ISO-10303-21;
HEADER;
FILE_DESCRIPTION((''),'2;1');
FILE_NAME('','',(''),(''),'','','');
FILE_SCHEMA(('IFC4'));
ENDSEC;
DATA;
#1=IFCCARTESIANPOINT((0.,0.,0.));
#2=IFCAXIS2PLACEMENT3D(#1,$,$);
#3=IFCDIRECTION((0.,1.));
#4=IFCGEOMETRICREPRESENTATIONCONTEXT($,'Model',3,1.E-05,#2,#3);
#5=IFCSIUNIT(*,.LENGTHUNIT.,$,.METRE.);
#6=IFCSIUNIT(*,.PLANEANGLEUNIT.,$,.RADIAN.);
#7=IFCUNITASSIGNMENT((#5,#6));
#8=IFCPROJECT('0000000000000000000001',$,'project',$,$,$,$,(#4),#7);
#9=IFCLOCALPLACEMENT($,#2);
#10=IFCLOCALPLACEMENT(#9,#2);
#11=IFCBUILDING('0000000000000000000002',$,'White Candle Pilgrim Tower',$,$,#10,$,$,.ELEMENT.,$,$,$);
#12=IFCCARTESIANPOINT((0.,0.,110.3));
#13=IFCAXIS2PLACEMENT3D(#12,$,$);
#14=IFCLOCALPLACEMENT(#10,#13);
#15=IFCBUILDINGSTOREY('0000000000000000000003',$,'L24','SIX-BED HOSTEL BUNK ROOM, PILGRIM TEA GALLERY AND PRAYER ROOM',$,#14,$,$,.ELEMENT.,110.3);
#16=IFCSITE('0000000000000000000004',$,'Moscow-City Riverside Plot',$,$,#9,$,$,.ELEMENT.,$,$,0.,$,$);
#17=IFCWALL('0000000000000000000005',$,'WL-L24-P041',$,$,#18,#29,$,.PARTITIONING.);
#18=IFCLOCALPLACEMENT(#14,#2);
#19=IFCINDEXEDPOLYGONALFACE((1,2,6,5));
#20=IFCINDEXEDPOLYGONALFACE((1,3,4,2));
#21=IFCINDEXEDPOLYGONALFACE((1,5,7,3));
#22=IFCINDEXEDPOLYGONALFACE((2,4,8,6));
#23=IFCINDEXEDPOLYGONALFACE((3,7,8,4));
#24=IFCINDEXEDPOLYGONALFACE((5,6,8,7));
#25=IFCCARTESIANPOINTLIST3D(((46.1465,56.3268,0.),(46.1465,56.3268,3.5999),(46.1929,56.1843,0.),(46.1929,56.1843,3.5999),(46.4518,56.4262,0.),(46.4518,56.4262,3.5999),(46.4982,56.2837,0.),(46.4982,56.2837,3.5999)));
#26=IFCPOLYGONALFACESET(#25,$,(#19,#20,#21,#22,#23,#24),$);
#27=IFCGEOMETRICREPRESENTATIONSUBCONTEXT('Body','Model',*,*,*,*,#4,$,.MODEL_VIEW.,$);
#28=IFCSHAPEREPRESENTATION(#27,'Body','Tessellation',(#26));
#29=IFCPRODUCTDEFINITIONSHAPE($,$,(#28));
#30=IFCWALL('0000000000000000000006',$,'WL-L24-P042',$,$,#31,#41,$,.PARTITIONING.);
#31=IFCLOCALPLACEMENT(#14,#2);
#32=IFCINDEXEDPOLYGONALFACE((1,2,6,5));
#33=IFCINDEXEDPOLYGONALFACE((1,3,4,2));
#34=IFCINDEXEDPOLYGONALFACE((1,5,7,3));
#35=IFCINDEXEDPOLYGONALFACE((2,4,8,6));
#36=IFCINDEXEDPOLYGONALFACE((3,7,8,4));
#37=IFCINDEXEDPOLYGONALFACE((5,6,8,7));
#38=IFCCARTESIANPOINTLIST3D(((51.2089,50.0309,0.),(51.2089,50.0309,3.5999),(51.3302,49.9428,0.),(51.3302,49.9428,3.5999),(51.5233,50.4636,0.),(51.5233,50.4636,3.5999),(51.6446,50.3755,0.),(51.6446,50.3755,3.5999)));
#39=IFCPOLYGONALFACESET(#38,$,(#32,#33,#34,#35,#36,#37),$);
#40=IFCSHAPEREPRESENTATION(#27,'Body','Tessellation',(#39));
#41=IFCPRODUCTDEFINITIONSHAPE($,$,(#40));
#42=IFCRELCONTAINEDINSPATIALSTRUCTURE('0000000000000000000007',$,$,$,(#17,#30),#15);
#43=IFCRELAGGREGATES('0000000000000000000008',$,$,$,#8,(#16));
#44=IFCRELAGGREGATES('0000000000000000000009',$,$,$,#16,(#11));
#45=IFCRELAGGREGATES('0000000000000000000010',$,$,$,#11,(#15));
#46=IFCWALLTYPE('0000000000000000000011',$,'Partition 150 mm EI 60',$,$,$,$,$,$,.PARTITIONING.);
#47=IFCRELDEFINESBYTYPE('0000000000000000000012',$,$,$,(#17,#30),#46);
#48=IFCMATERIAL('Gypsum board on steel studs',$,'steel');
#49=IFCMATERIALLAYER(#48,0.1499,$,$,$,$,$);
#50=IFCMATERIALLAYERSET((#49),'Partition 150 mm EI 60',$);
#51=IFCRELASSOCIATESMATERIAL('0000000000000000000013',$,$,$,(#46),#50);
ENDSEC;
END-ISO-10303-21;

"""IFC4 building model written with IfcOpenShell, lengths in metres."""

from ifc_helpers import new_model, si_unit, direction, frame, frame_2d, origin, place, context, subcontext, project, spatial, rectangle, extrude, material, layer, layer_set, type_object, element, save


model = new_model("IFC4")

# Units and contexts
model_context = context("Model", 3, precision=1e-05, world=origin(), true_north=direction((0.0, 1.0)))
body_context = subcontext(model_context, "Body", "Model", "MODEL_VIEW")
ifc_project = project(units=[si_unit("LENGTHUNIT", "METRE"), si_unit("PLANEANGLEUNIT", "RADIAN")], contexts=[model_context])

# Site, building, storey
site_placement = place(None, origin())
site = spatial("IfcSite", under=ifc_project, at=site_placement, Name="Moscow-City Riverside Plot", CompositionType="ELEMENT", RefElevation=0.0)
building_placement = place(site_placement, origin())
building = spatial("IfcBuilding", under=site, at=building_placement, Name="White Candle Pilgrim Tower", CompositionType="ELEMENT")
storey_placement = place(building_placement, frame((0.0, 0.0, 110.3)))
storey = spatial("IfcBuildingStorey", under=building, at=storey_placement, Name="L24", Description="SIX-BED HOSTEL BUNK ROOM, PILGRIM TEA GALLERY AND PRAYER ROOM", CompositionType="ELEMENT", Elevation=110.3)

# Shared definitions
ifc_material_1 = material(Name="Gypsum board on steel studs", Category="steel")

# Walls
ifc_layer_1 = layer(ifc_material_1, 0.1499)
ifc_layer_set_1 = layer_set([ifc_layer_1], Name="Partition 150 mm EI 60")
wall_type_1 = type_object("IfcWallType", Name="Partition 150 mm EI 60", PredefinedType="PARTITIONING", material=ifc_layer_set_1)
wall_1_placement = place(storey_placement, frame((46.4751, 56.355, 0.0), z_axis=(0.0, 0.0, 1.0), x_axis=(-0.950866, -0.309602, 0.0)))
element("IfcWall", 1, at=wall_1_placement, inside=storey, type_object=wall_type_1, Name="WL-L24-P041", PredefinedType="PARTITIONING", context=body_context, shape_type="SweptSolid", body=[
    extrude(rectangle(XDim=0.321, YDim=0.1499, at=frame_2d((0.1606, 0.0))), origin(), (0.0, 0.0, 1.0), 3.5999),
])
wall_2_placement = place(storey_placement, frame((51.584, 50.4197, 0.0), z_axis=(0.0, 0.0, 1.0), x_axis=(-0.587737, -0.809052, 0.0)))
element("IfcWall", 2, at=wall_2_placement, inside=storey, type_object=wall_type_1, Name="WL-L24-P042", PredefinedType="PARTITIONING", context=body_context, shape_type="SweptSolid", body=[
    extrude(rectangle(XDim=0.5349, YDim=0.1499, at=frame_2d((0.2676, 0.0))), origin(), (0.0, 0.0, 1.0), 3.5999),
])

save(model, "model.ifc")
